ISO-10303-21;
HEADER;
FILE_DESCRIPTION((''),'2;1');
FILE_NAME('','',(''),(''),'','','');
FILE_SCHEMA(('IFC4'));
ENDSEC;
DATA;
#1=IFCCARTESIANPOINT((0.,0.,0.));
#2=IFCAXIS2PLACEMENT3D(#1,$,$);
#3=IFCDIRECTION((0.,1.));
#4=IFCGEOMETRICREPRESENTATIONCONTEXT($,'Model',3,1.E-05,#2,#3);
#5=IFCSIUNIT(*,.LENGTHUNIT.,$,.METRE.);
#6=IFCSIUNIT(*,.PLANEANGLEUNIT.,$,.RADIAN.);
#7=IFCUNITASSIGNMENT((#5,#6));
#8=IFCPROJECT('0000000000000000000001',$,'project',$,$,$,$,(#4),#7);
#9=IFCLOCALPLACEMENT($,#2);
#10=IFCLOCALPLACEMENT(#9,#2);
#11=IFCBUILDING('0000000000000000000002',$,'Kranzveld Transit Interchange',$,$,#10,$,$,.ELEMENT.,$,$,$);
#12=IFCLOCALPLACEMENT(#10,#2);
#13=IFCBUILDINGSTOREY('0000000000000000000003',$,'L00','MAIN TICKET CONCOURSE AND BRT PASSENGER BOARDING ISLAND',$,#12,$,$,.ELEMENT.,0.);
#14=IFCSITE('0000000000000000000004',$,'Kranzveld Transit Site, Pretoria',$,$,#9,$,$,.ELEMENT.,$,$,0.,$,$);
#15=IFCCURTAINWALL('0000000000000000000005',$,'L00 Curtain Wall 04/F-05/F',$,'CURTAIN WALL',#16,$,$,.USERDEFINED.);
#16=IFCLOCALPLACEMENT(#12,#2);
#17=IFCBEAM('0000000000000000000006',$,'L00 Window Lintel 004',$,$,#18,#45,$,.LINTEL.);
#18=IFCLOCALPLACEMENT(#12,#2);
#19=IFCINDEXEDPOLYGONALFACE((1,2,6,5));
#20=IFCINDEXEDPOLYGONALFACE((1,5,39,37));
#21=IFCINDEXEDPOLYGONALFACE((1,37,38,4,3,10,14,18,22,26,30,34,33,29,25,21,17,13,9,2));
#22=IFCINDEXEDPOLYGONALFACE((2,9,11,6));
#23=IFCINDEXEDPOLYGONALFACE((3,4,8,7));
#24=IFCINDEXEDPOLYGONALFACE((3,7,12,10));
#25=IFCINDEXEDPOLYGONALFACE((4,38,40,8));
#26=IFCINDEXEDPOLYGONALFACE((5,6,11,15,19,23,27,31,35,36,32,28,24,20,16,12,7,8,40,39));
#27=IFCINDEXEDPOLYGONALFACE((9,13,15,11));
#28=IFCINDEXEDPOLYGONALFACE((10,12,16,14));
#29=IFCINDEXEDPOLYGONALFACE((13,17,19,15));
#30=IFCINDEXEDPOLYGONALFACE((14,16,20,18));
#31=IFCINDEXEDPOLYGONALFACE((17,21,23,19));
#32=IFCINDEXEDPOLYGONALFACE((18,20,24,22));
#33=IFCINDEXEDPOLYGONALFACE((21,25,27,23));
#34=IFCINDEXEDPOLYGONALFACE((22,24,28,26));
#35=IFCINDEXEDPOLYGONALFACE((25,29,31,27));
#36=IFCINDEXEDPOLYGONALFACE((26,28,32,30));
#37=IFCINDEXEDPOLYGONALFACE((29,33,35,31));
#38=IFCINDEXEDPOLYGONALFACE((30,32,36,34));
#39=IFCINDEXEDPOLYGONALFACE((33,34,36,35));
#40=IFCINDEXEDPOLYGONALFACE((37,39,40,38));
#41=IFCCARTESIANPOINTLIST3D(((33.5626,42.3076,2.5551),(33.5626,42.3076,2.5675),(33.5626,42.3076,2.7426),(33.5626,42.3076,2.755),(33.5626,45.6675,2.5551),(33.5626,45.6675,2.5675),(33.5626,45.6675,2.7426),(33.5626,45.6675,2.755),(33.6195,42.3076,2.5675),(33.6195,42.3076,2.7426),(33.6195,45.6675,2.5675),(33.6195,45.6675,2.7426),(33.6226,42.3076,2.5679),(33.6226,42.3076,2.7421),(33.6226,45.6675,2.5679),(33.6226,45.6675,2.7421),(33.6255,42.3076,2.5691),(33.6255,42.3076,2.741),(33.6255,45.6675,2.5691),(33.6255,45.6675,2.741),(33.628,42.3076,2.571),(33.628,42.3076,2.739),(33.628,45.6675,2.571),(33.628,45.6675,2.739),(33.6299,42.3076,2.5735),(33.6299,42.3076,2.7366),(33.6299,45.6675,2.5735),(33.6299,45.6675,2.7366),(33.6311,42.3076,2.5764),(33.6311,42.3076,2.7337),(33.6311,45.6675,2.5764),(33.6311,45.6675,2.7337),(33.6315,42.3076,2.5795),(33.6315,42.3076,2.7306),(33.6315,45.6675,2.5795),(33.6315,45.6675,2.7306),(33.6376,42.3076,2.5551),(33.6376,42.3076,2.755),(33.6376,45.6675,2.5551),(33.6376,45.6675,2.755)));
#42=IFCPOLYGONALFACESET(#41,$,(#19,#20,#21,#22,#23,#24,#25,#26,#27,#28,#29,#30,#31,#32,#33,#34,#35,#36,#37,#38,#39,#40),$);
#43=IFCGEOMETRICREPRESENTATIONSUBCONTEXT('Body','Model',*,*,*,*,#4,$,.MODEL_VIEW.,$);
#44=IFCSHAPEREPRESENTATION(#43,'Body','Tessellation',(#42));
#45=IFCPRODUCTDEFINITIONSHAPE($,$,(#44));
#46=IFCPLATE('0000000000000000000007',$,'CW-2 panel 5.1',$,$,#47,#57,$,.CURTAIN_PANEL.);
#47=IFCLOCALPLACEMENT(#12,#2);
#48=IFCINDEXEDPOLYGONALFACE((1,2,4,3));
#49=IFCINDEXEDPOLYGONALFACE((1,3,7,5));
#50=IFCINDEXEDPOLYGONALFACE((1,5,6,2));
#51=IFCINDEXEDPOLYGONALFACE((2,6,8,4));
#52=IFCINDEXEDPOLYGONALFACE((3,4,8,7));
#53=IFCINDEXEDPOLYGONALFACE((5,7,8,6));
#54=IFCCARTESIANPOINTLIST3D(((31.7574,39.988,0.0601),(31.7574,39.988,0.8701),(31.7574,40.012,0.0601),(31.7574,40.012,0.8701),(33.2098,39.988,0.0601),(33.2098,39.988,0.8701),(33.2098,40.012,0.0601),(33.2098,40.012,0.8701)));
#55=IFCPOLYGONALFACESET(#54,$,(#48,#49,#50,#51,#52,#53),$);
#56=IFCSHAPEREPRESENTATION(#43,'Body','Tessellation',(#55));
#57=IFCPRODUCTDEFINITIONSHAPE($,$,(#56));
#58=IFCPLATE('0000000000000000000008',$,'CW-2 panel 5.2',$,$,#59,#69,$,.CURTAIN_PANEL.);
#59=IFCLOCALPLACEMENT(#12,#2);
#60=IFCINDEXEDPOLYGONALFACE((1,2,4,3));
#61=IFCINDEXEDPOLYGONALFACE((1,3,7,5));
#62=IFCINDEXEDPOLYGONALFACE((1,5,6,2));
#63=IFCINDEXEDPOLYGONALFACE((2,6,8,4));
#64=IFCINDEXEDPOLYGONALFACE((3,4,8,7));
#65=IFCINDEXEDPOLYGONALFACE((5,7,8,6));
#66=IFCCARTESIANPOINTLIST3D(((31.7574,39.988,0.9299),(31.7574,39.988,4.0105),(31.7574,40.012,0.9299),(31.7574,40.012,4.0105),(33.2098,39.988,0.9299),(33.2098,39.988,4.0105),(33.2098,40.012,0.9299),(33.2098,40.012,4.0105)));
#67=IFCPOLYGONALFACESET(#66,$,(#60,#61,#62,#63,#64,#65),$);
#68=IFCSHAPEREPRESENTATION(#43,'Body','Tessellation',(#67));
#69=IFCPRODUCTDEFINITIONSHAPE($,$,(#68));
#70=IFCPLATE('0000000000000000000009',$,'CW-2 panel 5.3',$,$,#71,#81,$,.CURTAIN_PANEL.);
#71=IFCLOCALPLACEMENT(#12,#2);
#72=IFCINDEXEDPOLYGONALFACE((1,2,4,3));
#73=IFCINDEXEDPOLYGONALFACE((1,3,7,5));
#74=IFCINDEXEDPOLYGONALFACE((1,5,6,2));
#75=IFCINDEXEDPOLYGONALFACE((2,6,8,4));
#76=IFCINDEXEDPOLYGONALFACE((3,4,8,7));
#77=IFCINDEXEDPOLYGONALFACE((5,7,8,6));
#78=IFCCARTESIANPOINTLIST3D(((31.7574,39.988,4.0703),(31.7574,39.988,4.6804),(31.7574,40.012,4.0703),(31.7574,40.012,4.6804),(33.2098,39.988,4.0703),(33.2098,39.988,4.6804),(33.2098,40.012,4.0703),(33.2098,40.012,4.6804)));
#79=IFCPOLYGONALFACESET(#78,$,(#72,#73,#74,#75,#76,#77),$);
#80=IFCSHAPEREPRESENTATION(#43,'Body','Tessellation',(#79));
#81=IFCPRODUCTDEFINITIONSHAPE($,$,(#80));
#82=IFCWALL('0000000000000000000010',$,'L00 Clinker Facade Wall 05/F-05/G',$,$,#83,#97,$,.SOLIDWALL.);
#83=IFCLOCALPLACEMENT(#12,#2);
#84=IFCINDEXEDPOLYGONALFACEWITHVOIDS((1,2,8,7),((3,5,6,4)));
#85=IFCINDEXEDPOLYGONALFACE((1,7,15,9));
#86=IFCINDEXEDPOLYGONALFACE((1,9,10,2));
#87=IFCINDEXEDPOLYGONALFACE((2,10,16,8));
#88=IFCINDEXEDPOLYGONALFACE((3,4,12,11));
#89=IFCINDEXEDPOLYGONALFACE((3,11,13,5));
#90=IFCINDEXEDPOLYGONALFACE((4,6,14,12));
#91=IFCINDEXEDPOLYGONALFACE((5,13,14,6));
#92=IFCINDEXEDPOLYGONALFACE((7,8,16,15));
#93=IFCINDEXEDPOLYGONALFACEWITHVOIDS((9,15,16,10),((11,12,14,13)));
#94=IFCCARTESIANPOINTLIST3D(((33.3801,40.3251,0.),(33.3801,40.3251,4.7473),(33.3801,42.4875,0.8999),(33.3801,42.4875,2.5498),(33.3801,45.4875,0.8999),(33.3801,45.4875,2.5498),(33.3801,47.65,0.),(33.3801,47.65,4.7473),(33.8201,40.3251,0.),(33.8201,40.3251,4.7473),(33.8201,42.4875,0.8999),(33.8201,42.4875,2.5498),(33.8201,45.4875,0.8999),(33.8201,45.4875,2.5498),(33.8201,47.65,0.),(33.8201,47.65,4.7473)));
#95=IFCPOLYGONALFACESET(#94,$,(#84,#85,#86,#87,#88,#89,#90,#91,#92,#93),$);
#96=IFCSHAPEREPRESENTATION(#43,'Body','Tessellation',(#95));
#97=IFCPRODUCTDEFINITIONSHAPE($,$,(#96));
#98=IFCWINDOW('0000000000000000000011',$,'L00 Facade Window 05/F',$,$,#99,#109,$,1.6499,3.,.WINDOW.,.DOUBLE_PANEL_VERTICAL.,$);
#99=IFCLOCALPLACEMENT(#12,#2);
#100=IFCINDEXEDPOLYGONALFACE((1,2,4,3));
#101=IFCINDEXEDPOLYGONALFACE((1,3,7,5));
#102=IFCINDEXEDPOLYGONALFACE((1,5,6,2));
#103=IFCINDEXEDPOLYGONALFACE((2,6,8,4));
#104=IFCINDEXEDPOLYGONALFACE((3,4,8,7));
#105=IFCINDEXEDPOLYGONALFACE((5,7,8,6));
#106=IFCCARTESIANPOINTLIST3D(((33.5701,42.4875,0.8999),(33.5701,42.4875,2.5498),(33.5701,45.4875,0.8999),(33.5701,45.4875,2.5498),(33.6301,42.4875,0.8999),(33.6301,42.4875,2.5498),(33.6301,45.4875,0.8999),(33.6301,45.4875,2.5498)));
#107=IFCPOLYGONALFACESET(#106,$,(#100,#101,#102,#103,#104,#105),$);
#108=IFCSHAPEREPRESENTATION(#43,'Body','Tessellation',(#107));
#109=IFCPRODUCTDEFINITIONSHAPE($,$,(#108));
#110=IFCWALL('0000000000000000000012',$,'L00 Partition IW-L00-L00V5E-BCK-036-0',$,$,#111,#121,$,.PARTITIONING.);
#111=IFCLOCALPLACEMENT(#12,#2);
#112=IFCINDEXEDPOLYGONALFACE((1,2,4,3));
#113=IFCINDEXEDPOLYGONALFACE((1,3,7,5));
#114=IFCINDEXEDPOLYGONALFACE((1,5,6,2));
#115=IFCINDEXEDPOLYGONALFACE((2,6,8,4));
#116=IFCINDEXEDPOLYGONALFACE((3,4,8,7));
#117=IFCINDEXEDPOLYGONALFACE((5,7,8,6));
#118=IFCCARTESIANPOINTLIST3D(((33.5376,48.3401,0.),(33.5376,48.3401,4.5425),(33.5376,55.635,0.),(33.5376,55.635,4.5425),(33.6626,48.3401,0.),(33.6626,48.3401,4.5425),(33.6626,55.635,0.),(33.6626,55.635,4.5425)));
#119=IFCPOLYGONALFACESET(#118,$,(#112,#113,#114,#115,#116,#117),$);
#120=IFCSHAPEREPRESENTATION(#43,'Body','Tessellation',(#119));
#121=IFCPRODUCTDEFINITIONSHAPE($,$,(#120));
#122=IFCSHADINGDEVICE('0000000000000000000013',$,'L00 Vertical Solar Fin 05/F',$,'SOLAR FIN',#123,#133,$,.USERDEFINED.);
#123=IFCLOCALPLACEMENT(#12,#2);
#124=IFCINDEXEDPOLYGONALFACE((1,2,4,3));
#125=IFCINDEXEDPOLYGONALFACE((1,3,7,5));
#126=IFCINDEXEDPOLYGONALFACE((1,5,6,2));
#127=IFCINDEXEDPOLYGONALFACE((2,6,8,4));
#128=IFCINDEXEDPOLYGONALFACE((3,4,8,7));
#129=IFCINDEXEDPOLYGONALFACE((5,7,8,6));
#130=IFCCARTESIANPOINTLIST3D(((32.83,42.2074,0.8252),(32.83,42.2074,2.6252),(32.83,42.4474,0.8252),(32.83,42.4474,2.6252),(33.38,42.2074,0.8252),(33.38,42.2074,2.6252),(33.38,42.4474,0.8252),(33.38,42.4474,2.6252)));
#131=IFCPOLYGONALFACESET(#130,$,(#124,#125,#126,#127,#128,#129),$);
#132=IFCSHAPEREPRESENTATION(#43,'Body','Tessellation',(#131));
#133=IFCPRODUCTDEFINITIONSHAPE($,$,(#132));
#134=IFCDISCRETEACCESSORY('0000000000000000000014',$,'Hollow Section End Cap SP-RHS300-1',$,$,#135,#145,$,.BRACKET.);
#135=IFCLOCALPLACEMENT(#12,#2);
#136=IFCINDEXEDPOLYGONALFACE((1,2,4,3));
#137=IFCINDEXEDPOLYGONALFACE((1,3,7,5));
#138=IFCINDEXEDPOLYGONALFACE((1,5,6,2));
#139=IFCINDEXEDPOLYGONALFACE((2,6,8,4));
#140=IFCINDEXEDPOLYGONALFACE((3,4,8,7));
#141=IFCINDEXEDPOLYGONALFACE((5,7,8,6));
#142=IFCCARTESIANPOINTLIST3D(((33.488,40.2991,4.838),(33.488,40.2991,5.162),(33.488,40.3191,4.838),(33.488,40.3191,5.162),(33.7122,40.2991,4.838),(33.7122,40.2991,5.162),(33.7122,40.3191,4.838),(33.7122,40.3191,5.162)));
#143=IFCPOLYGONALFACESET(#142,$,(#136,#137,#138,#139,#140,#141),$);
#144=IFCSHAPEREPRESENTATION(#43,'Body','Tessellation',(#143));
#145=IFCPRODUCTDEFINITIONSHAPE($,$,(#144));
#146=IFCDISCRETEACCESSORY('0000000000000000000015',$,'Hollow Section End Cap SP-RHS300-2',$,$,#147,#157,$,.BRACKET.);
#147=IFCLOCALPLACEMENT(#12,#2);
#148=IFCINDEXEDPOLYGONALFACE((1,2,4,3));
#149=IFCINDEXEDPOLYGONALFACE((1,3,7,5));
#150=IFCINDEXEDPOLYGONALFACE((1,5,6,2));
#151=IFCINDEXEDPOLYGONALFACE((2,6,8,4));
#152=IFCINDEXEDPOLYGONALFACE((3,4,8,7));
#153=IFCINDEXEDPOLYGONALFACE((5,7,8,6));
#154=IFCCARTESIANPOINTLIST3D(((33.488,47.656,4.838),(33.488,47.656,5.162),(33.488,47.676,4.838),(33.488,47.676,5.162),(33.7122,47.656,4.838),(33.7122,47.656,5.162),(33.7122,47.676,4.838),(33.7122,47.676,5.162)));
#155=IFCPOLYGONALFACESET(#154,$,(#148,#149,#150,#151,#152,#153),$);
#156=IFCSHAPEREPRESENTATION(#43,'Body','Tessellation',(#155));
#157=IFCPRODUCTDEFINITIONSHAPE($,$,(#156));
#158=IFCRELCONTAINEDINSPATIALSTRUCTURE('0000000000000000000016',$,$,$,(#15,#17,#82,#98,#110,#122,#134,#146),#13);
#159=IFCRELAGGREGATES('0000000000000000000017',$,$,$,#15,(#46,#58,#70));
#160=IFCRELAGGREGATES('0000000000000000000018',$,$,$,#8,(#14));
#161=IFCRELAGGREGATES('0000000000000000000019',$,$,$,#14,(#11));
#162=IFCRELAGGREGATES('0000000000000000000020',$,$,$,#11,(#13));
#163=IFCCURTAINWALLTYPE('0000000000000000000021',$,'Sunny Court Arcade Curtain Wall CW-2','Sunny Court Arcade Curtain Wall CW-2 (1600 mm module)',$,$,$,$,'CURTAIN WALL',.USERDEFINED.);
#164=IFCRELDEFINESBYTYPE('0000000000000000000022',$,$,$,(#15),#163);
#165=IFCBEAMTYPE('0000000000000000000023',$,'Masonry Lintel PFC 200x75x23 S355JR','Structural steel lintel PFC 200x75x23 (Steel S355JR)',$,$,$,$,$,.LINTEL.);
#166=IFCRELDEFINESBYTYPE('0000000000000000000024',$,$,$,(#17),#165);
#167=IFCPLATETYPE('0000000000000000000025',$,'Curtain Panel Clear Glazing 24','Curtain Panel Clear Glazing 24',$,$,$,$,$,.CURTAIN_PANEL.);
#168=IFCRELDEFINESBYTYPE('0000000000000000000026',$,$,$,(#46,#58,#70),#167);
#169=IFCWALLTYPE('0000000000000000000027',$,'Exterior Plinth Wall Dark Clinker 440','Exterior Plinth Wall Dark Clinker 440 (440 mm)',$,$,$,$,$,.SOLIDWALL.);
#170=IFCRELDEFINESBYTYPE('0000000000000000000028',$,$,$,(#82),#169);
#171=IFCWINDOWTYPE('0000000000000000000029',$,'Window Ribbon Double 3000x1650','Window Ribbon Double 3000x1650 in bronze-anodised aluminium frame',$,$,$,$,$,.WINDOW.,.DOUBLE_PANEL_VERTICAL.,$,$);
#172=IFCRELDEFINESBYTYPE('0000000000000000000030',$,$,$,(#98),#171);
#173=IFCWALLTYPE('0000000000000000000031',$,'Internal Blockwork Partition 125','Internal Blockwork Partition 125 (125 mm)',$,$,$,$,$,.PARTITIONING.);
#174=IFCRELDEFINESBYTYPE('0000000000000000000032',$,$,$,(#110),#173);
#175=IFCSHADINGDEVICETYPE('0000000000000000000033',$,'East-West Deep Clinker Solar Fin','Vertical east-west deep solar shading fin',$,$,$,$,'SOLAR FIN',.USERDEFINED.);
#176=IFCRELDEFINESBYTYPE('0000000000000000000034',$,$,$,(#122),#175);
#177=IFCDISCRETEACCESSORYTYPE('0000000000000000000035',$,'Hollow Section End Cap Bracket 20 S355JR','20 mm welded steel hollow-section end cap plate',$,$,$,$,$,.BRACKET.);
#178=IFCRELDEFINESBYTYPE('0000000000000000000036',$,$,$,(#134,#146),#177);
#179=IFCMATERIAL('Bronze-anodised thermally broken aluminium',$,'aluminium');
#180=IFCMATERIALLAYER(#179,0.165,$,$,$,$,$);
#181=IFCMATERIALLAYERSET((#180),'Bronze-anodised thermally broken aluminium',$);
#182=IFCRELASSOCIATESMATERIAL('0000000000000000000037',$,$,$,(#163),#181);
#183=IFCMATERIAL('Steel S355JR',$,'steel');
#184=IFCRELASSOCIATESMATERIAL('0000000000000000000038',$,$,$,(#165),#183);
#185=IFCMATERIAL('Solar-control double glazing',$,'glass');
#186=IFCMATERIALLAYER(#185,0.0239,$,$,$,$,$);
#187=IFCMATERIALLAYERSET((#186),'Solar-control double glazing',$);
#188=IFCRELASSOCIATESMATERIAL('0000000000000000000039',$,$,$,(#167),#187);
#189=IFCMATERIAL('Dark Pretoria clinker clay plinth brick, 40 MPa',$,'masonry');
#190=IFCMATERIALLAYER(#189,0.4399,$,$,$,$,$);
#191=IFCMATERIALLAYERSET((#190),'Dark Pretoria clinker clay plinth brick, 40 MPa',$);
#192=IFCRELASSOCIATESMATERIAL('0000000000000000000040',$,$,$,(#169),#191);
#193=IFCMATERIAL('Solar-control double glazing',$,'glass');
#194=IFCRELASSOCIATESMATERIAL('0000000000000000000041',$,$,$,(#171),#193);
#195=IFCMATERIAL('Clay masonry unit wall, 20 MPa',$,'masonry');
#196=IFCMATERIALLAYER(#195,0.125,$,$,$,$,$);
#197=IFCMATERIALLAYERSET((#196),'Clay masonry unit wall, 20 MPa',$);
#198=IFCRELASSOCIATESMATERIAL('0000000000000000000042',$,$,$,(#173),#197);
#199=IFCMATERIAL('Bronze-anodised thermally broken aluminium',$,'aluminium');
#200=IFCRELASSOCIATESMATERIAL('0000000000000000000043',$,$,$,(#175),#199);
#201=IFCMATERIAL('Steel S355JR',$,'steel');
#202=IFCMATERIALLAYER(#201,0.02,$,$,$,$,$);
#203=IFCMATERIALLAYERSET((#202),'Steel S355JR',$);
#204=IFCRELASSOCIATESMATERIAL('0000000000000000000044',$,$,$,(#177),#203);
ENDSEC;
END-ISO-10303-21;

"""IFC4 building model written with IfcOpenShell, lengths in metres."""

from ifc_helpers import new_model, si_unit, direction, frame, frame_2d, origin, origin_2d, place, context, subcontext, project, spatial, rectangle, u_section, extrude, material, layer, layer_set, material_profile, profile_set, type_object, element, fill, aggregate, save


model = new_model("IFC4")

# Units and contexts
model_context = context("Model", 3, precision=1e-05, world=origin(), true_north=direction((0.0, 1.0)))
body_context = subcontext(model_context, "Body", "Model", "MODEL_VIEW")
ifc_project = project(units=[si_unit("LENGTHUNIT", "METRE"), si_unit("PLANEANGLEUNIT", "RADIAN")], contexts=[model_context])

# Site, building, storey
site_placement = place(None, origin())
site = spatial("IfcSite", under=ifc_project, at=site_placement, Name="Kranzveld Transit Site, Pretoria", CompositionType="ELEMENT", RefElevation=0.0)
building_placement = place(site_placement, origin())
building = spatial("IfcBuilding", under=site, at=building_placement, Name="Kranzveld Transit Interchange", CompositionType="ELEMENT")
storey_placement = place(building_placement, origin())
storey = spatial("IfcBuildingStorey", under=building, at=storey_placement, Name="L00", Description="MAIN TICKET CONCOURSE AND BRT PASSENGER BOARDING ISLAND", CompositionType="ELEMENT", Elevation=0.0)

# Curtain wall
ifc_material_1 = material(Name="Bronze-anodised thermally broken aluminium", Category="aluminium")
ifc_layer_1 = layer(ifc_material_1, 0.165)
ifc_layer_set_1 = layer_set([ifc_layer_1], Name="Bronze-anodised thermally broken aluminium")
curtain_wall_type = type_object("IfcCurtainWallType", Name="Sunny Court Arcade Curtain Wall CW-2", Description="Sunny Court Arcade Curtain Wall CW-2 (1600 mm module)", ElementType="CURTAIN WALL", PredefinedType="USERDEFINED", material=ifc_layer_set_1)
curtain_wall_placement = place(storey_placement, origin())
curtain_wall = element("IfcCurtainWall", 1, at=curtain_wall_placement, inside=storey, type_object=curtain_wall_type, Name="L00 Curtain Wall 04/F-05/F", ObjectType="CURTAIN WALL", PredefinedType="USERDEFINED")

# Beam
ifc_material_2 = material(Name="Steel S355JR", Category="steel")
ifc_material_profile_1 = material_profile(ifc_material_2, u_section(Depth=0.2, FlangeWidth=0.075, WebThickness=0.0061, FlangeThickness=0.0125, FilletRadius=0.012, at=origin_2d()), Name="PFC 200x75x23")
ifc_profile_set_1 = profile_set([ifc_material_profile_1], Name="Steel S355JR")
beam_type_1 = type_object("IfcBeamType", Name="Masonry Lintel PFC 200x75x23 S355JR", Description="Structural steel lintel PFC 200x75x23 (Steel S355JR)", PredefinedType="LINTEL", material=ifc_profile_set_1)
beam_1_placement = place(storey_placement, frame((33.6001, 42.3076, 2.655), z_axis=(0.0, 1.0, 0.0), x_axis=(-1.0, 0.0, 0.0)))
element("IfcBeam", 2, at=beam_1_placement, inside=storey, type_object=beam_type_1, Name="L00 Window Lintel 004", PredefinedType="LINTEL", context=body_context, shape_type="SweptSolid", body=[
    extrude(u_section(Depth=0.2, FlangeWidth=0.075, WebThickness=0.0061, FlangeThickness=0.0125, FilletRadius=0.012, at=origin_2d()), origin(), (0.0, 0.0, 1.0), 3.3599),
])

# Plates
ifc_material_3 = material(Name="Solar-control double glazing", Category="glass")
ifc_layer_2 = layer(ifc_material_3, 0.0239)
ifc_layer_set_2 = layer_set([ifc_layer_2], Name="Solar-control double glazing")
plate_type = type_object("IfcPlateType", Name="Curtain Panel Clear Glazing 24", Description="Curtain Panel Clear Glazing 24", PredefinedType="CURTAIN_PANEL", material=ifc_layer_set_2)
plate_1_placement = place(storey_placement, frame((32.4836, 40.0, 0.0601), z_axis=(0.0, 0.0, 1.0), x_axis=(1.0, 0.0, 0.0)))
plate_1 = element("IfcPlate", 3, at=plate_1_placement, type_object=plate_type, Name="CW-2 panel 5.1", PredefinedType="CURTAIN_PANEL", context=body_context, shape_type="SweptSolid", body=[
    extrude(rectangle(XDim=1.4524, YDim=0.0239, at=origin_2d()), origin(), (0.0, 0.0, 1.0), 0.8101),
])
plate_2_placement = place(storey_placement, frame((32.4836, 40.0, 0.9299), z_axis=(0.0, 0.0, 1.0), x_axis=(1.0, 0.0, 0.0)))
plate_2 = element("IfcPlate", 4, at=plate_2_placement, type_object=plate_type, Name="CW-2 panel 5.2", PredefinedType="CURTAIN_PANEL", context=body_context, shape_type="SweptSolid", body=[
    extrude(rectangle(XDim=1.4524, YDim=0.0239, at=origin_2d()), origin(), (0.0, 0.0, 1.0), 3.0806),
])
plate_3_placement = place(storey_placement, frame((32.4836, 40.0, 4.0703), z_axis=(0.0, 0.0, 1.0), x_axis=(1.0, 0.0, 0.0)))
plate_3 = element("IfcPlate", 5, at=plate_3_placement, type_object=plate_type, Name="CW-2 panel 5.3", PredefinedType="CURTAIN_PANEL", context=body_context, shape_type="SweptSolid", body=[
    extrude(rectangle(XDim=1.4524, YDim=0.0239, at=origin_2d()), origin(), (0.0, 0.0, 1.0), 0.6101),
])
aggregate(curtain_wall, [plate_1, plate_2, plate_3])

# Wall, opening, window
ifc_material_4 = material(Name="Dark Pretoria clinker clay plinth brick, 40 MPa", Category="masonry")
ifc_layer_3 = layer(ifc_material_4, 0.4399)
ifc_layer_set_3 = layer_set([ifc_layer_3], Name="Dark Pretoria clinker clay plinth brick, 40 MPa")
wall_type_1 = type_object("IfcWallType", Name="Exterior Plinth Wall Dark Clinker 440", Description="Exterior Plinth Wall Dark Clinker 440 (440 mm)", PredefinedType="SOLIDWALL", material=ifc_layer_set_3)
wall_1_placement = place(storey_placement, frame((33.6001, 40.325, 0.0), z_axis=(0.0, 0.0, 1.0), x_axis=(0.0, 1.0, 0.0)))
wall_1 = element("IfcWall", 6, at=wall_1_placement, inside=storey, type_object=wall_type_1, Name="L00 Clinker Facade Wall 05/F-05/G", PredefinedType="SOLIDWALL", context=body_context, shape_type="SweptSolid", body=[
    extrude(rectangle(XDim=7.325, YDim=0.4399, at=frame_2d((3.6626, 0.0))), origin(), (0.0, 0.0, 1.0), 4.7473),
])
opening_placement = place(wall_1_placement, frame((2.1626, 0.0, 0.8999), z_axis=(0.0, 0.0, 1.0), x_axis=(1.0, 0.0, 0.0)))
opening = element("IfcOpeningElement", 7, at=opening_placement, cuts=wall_1, PredefinedType="OPENING", context=body_context, shape_type="SweptSolid", body=[
    extrude(rectangle(XDim=3.0, YDim=1.6499, at=frame_2d((1.5, 0.825))), frame((0.0, 0.23, 0.0), z_axis=(0.0, -1.0, 0.0), x_axis=(1.0, 0.0, 0.0)), (0.0, 0.0, 1.0), 0.46),
])
ifc_material_5 = material(Name="Solar-control double glazing", Category="glass")
window_type = type_object("IfcWindowType", Name="Window Ribbon Double 3000x1650", Description="Window Ribbon Double 3000x1650 in bronze-anodised aluminium frame", PartitioningType="DOUBLE_PANEL_VERTICAL", PredefinedType="WINDOW", material=ifc_material_5)
window_placement = place(opening_placement, origin())
window = element("IfcWindow", 8, at=window_placement, inside=storey, type_object=window_type, Name="L00 Facade Window 05/F", OverallHeight=1.6499, OverallWidth=3.0, PartitioningType="DOUBLE_PANEL_VERTICAL", PredefinedType="WINDOW", context=body_context, shape_type="SweptSolid", body=[
    extrude(rectangle(XDim=3.0, YDim=1.6499, at=frame_2d((1.5, 0.825))), frame((0.0, 0.03, 0.0), z_axis=(0.0, -1.0, 0.0), x_axis=(1.0, 0.0, 0.0)), (0.0, 0.0, 1.0), 0.0601),
])
fill(opening, window)

# Wall
ifc_material_6 = material(Name="Clay masonry unit wall, 20 MPa", Category="masonry")
ifc_layer_4 = layer(ifc_material_6, 0.125)
ifc_layer_set_4 = layer_set([ifc_layer_4], Name="Clay masonry unit wall, 20 MPa")
wall_type_2 = type_object("IfcWallType", Name="Internal Blockwork Partition 125", Description="Internal Blockwork Partition 125 (125 mm)", PredefinedType="PARTITIONING", material=ifc_layer_set_4)
wall_2_placement = place(storey_placement, frame((33.6001, 48.3401, 0.0), z_axis=(0.0, 0.0, 1.0), x_axis=(0.0, 1.0, 0.0)))
element("IfcWall", 9, at=wall_2_placement, inside=storey, type_object=wall_type_2, Name="L00 Partition IW-L00-L00V5E-BCK-036-0", PredefinedType="PARTITIONING", context=body_context, shape_type="SweptSolid", body=[
    extrude(rectangle(XDim=7.2949, YDim=0.125, at=frame_2d((3.6475, 0.0))), origin(), (0.0, 0.0, 1.0), 4.5425),
])

# Shading device
ifc_material_7 = material(Name="Bronze-anodised thermally broken aluminium", Category="aluminium")
shading_device_type = type_object("IfcShadingDeviceType", Name="East-West Deep Clinker Solar Fin", Description="Vertical east-west deep solar shading fin", ElementType="SOLAR FIN", PredefinedType="USERDEFINED", material=ifc_material_7)
shading_device_placement = place(storey_placement, frame((33.105, 42.3274, 0.8252), z_axis=(0.0, 0.0, 1.0), x_axis=(0.0, 1.0, 0.0)))
element("IfcShadingDevice", 10, at=shading_device_placement, inside=storey, type_object=shading_device_type, Name="L00 Vertical Solar Fin 05/F", ObjectType="SOLAR FIN", PredefinedType="USERDEFINED", context=body_context, shape_type="SweptSolid", body=[
    extrude(rectangle(XDim=0.24, YDim=0.55, at=origin_2d()), origin(), (0.0, 0.0, 1.0), 1.8),
])

# Discrete accessories
ifc_material_8 = material(Name="Steel S355JR", Category="steel")
ifc_layer_5 = layer(ifc_material_8, 0.02)
ifc_layer_set_5 = layer_set([ifc_layer_5], Name="Steel S355JR")
discrete_accessory_type = type_object("IfcDiscreteAccessoryType", Name="Hollow Section End Cap Bracket 20 S355JR", Description="20 mm welded steel hollow-section end cap plate", PredefinedType="BRACKET", material=ifc_layer_set_5)
for number, where, z_axis, x_axis, name in (
    (11, (33.6001, 40.3191, 5.0), (0.0, -1.0, 0.0), (1.0, 0.0, 0.0), "Hollow Section End Cap SP-RHS300-1"),
    (12, (33.6001, 47.656, 5.0), (0.0, 1.0, 0.0), (-1.0, 0.0, 0.0), "Hollow Section End Cap SP-RHS300-2"),
):
    element("IfcDiscreteAccessory", number, at=place(storey_placement, frame(where, z_axis=z_axis, x_axis=x_axis)), inside=storey, type_object=discrete_accessory_type, Name=name, PredefinedType="BRACKET", context=body_context, shape_type="SweptSolid", body=[
        extrude(rectangle(XDim=0.2241, YDim=0.324, at=origin_2d()), origin(), (0.0, 0.0, 1.0), 0.02),
    ])

save(model, "model.ifc")
